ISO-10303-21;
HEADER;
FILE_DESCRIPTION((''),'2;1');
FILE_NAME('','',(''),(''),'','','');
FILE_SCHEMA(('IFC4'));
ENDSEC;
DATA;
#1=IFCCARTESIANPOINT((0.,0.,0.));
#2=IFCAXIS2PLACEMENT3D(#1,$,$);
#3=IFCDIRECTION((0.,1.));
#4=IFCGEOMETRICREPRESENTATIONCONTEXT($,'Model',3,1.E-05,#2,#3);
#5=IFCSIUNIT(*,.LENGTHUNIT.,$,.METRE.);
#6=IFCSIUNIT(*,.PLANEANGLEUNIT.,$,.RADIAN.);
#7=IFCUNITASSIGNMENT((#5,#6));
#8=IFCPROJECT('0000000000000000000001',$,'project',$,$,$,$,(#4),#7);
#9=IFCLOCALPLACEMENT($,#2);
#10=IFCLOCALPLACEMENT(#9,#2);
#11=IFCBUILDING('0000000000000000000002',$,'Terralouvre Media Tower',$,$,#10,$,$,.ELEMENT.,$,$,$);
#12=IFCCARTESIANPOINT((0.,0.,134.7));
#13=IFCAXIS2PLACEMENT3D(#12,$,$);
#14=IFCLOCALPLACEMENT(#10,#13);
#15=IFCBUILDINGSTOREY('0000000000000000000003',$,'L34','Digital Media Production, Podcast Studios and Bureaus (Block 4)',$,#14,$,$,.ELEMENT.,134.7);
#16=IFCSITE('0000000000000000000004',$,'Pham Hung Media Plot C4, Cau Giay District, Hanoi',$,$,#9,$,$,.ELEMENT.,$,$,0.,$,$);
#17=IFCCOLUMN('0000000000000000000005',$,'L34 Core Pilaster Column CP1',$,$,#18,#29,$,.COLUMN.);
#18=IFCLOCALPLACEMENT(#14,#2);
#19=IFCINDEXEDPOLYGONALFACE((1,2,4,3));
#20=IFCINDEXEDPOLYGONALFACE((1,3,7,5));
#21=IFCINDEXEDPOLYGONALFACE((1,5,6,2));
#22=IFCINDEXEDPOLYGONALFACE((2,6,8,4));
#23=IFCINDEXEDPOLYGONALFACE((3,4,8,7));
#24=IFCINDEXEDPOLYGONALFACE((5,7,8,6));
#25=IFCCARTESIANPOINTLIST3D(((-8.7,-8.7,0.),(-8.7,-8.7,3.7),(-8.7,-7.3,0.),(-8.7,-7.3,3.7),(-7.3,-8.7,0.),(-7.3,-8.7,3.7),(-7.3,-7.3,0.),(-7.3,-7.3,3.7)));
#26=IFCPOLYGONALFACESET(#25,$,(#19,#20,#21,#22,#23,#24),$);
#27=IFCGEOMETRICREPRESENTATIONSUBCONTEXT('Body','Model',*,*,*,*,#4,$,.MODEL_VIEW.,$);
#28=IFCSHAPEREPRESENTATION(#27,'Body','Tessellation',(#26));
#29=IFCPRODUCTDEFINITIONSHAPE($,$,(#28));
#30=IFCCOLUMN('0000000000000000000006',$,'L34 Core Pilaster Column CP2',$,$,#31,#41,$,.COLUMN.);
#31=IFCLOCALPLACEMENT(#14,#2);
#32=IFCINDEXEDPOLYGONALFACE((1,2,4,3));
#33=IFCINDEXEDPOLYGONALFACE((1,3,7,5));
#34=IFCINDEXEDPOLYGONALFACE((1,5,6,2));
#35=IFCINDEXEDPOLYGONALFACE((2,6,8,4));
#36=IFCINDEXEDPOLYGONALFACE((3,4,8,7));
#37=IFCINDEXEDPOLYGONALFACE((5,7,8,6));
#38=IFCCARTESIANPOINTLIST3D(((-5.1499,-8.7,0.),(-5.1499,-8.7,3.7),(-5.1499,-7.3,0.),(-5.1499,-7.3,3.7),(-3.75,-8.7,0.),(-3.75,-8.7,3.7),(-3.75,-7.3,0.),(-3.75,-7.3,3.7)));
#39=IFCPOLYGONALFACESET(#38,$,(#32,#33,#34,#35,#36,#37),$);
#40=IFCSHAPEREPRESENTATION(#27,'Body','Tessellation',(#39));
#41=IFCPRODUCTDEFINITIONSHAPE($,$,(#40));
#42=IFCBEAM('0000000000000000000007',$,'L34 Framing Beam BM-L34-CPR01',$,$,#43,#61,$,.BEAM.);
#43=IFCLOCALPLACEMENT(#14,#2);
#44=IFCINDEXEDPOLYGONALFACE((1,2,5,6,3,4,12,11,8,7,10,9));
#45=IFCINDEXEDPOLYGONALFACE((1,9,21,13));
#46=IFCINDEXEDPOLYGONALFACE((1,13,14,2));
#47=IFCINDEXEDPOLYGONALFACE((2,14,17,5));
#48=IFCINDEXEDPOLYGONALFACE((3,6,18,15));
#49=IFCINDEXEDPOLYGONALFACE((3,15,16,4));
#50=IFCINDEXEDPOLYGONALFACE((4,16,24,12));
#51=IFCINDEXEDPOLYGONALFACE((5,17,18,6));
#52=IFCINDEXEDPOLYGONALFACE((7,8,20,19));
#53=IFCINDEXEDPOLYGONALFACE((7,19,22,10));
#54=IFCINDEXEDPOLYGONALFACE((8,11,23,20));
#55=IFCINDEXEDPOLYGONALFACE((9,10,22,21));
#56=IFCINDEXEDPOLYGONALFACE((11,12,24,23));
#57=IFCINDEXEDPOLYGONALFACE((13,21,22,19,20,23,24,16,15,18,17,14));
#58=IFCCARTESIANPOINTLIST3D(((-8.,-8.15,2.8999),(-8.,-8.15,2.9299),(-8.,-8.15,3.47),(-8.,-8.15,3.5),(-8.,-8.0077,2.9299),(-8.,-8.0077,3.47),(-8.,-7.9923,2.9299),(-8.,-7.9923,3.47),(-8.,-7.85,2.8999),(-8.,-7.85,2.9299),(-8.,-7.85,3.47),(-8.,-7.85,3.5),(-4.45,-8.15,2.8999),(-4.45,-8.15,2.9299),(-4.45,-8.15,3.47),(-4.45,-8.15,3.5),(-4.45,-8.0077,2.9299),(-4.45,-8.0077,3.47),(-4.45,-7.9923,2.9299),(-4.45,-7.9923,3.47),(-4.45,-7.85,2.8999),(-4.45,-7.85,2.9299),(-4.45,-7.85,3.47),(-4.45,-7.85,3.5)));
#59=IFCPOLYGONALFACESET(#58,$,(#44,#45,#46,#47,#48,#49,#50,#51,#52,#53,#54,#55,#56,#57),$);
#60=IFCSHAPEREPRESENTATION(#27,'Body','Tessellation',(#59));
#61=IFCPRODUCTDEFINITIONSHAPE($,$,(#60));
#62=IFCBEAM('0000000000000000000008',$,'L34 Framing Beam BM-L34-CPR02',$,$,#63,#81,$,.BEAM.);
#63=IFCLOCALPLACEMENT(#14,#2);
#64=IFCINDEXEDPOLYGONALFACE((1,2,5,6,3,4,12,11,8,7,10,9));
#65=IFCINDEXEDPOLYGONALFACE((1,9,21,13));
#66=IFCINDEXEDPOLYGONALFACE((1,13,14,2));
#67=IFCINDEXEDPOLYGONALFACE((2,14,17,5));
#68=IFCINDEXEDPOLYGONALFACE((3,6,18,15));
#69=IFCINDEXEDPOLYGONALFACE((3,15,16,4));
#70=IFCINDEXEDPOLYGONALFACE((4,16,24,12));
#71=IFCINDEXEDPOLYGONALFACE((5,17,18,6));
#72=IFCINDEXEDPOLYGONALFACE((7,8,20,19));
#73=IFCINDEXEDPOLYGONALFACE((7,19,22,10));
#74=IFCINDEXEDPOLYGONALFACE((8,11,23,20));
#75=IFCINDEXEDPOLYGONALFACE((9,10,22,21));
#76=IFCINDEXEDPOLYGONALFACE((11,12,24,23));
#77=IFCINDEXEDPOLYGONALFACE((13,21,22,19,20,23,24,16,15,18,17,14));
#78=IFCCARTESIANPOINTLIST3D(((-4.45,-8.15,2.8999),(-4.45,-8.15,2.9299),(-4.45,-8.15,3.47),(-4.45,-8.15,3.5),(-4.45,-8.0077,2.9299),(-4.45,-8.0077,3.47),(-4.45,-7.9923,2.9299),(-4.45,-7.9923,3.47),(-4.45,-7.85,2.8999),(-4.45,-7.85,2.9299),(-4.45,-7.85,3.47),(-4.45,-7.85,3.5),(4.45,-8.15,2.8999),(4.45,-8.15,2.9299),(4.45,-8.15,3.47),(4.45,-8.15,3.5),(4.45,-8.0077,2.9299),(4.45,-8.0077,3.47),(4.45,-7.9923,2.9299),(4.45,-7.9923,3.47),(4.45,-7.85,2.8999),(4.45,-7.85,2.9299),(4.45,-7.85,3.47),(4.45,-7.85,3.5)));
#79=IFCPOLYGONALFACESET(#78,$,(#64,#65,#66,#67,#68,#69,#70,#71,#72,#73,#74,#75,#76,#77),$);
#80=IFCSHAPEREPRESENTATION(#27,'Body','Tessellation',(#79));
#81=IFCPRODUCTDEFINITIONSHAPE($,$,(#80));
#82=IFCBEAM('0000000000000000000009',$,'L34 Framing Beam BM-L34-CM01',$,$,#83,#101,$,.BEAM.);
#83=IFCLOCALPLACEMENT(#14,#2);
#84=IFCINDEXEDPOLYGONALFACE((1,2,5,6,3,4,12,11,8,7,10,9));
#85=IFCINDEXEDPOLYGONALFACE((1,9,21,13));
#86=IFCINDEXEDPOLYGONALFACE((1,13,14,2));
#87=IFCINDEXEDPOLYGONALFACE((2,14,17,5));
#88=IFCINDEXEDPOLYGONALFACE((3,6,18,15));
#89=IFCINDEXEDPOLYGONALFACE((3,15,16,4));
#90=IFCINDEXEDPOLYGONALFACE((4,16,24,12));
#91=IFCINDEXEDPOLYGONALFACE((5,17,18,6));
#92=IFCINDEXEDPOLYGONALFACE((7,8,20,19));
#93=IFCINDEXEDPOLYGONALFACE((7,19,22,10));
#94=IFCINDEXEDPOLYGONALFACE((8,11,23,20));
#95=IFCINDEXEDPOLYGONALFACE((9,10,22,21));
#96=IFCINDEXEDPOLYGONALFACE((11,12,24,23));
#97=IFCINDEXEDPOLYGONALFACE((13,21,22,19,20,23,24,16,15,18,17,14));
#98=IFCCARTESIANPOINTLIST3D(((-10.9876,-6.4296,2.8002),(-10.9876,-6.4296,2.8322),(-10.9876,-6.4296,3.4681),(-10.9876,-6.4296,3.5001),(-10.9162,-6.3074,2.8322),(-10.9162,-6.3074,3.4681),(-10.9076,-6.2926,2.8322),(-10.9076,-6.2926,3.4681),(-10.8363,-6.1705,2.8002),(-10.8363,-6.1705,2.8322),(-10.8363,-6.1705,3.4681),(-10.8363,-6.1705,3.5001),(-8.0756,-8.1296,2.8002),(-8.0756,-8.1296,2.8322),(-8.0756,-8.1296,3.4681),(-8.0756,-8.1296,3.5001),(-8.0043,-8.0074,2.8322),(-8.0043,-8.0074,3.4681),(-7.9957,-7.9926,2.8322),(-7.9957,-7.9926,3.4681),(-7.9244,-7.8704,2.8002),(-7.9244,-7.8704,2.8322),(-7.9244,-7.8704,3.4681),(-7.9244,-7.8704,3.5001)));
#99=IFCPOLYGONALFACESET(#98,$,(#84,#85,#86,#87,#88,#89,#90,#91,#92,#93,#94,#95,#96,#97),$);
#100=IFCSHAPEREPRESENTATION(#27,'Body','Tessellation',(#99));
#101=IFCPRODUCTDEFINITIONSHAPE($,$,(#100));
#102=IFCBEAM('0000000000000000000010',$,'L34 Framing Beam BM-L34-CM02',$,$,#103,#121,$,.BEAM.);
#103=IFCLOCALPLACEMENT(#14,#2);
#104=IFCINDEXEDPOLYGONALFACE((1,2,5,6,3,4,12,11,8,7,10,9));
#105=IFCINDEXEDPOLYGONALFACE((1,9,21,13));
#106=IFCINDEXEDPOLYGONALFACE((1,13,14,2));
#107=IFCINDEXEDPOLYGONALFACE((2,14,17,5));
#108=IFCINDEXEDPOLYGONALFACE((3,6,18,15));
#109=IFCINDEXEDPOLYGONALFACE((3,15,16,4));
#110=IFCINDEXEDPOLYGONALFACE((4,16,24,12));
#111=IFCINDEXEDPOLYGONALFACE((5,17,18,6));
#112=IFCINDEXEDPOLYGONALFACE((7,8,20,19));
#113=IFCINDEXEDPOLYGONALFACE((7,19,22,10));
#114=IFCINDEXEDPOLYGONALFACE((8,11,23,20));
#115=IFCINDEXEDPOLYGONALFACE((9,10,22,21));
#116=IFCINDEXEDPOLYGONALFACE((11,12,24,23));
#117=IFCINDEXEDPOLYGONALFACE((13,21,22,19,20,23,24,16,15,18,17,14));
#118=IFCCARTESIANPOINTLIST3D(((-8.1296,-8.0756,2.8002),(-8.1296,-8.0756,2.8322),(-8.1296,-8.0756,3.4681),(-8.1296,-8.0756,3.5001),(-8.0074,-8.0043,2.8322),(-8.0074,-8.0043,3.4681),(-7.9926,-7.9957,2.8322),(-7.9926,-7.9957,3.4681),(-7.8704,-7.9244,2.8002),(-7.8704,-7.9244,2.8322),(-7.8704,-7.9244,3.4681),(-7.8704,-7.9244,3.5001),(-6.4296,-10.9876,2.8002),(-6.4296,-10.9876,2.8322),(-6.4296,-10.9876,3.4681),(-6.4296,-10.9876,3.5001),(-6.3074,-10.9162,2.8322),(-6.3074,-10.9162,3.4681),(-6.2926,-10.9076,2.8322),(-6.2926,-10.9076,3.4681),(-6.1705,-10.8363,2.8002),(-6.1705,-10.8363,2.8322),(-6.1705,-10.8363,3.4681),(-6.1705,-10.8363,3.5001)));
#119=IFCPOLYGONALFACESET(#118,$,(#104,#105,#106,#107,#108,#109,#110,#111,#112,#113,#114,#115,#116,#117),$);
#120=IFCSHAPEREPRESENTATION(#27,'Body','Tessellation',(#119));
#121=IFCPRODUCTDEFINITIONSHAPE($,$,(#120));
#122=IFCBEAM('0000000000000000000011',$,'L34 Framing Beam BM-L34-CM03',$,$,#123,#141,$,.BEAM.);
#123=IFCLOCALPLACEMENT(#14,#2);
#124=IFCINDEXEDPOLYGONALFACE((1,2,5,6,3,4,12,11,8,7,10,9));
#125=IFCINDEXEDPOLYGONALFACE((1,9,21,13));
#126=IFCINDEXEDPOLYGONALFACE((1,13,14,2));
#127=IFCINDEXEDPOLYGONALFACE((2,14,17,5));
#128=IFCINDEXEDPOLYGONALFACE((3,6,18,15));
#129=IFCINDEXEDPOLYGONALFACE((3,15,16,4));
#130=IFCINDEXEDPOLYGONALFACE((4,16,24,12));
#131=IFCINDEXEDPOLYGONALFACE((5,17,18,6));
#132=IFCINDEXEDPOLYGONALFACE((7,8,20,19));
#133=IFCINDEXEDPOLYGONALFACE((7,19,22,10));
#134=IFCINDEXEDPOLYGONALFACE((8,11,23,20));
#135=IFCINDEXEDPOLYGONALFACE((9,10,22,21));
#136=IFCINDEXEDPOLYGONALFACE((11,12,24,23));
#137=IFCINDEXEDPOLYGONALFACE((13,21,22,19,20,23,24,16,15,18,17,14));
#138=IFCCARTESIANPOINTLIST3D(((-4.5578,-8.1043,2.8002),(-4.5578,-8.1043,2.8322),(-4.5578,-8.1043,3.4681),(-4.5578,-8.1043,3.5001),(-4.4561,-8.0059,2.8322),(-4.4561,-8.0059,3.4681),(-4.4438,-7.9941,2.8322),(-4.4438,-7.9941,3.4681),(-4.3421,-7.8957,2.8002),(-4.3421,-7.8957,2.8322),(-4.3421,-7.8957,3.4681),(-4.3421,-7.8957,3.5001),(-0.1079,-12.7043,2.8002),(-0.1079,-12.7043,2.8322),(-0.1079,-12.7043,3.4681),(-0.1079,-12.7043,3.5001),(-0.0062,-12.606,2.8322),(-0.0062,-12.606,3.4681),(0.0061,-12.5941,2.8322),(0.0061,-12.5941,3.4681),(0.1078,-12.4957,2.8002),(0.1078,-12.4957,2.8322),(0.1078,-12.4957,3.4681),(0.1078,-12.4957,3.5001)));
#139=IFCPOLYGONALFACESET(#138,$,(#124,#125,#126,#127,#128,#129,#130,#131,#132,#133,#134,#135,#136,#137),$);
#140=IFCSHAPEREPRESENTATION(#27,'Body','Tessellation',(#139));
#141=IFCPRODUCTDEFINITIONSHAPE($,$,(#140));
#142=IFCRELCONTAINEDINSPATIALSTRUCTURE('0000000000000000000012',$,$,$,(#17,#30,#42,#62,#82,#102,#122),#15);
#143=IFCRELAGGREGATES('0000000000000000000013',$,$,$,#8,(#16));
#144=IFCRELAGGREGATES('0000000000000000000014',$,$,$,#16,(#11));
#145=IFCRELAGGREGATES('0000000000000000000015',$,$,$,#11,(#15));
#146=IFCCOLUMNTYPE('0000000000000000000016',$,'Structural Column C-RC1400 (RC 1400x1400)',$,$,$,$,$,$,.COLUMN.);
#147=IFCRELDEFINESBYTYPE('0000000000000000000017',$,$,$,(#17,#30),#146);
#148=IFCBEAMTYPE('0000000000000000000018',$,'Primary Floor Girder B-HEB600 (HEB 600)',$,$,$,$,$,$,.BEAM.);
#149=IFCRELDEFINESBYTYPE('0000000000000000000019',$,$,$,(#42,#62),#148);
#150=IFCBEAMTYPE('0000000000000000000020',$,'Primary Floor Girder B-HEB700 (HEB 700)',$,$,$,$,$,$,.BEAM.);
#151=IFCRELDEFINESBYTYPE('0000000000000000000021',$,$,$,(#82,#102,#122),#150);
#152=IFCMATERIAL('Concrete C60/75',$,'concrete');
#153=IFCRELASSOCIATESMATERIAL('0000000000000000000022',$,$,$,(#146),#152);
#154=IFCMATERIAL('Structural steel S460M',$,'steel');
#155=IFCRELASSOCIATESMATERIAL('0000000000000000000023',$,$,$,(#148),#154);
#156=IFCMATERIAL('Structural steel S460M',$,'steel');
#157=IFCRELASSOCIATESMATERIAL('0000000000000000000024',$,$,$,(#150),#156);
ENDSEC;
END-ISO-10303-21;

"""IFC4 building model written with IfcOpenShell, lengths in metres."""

from ifc_helpers import new_model, si_unit, direction, frame, origin, origin_2d, place, context, subcontext, project, spatial, rectangle, i_section, extrude, material, material_profile, profile_set, type_object, element, save


model = new_model("IFC4")

# Units and contexts
model_context = context("Model", 3, precision=1e-05, world=origin(), true_north=direction((0.0, 1.0)))
body_context = subcontext(model_context, "Body", "Model", "MODEL_VIEW")
ifc_project = project(units=[si_unit("LENGTHUNIT", "METRE"), si_unit("PLANEANGLEUNIT", "RADIAN")], contexts=[model_context])

# Site, building, storey
site_placement = place(None, origin())
site = spatial("IfcSite", under=ifc_project, at=site_placement, Name="Pham Hung Media Plot C4, Cau Giay District, Hanoi", CompositionType="ELEMENT", RefElevation=0.0)
building_placement = place(site_placement, origin())
building = spatial("IfcBuilding", under=site, at=building_placement, Name="Terralouvre Media Tower", CompositionType="ELEMENT")
storey_placement = place(building_placement, frame((0.0, 0.0, 134.7)))
storey = spatial("IfcBuildingStorey", under=building, at=storey_placement, Name="L34", Description="Digital Media Production, Podcast Studios and Bureaus (Block 4)", CompositionType="ELEMENT", Elevation=134.7)

# Columns
ifc_material_1 = material(Name="Concrete C60/75", Category="concrete")
ifc_material_profile_1 = material_profile(ifc_material_1, rectangle(XDim=1.3999, YDim=1.3999, at=origin_2d()), Name="RC 1400x1400")
ifc_profile_set_1 = profile_set([ifc_material_profile_1], Name="Concrete C60/75")
column_type = type_object("IfcColumnType", Name="Structural Column C-RC1400 (RC 1400x1400)", PredefinedType="COLUMN", material=ifc_profile_set_1)
for number, where, z_axis, x_axis, name in (
    (1, (-8.0, -8.0, 0.0), (0.0, 0.0, 1.0), (1.0, 0.0, 0.0), "L34 Core Pilaster Column CP1"),
    (2, (-4.45, -8.0, 0.0), (0.0, 0.0, 1.0), (1.0, 0.0, 0.0), "L34 Core Pilaster Column CP2"),
):
    element("IfcColumn", number, at=place(storey_placement, frame(where, z_axis=z_axis, x_axis=x_axis)), inside=storey, type_object=column_type, Name=name, PredefinedType="COLUMN", context=body_context, shape_type="SweptSolid", body=[
        extrude(rectangle(XDim=1.3999, YDim=1.3999, at=origin_2d()), origin(), (0.0, 0.0, 1.0), 3.7),
    ])

# Beams
ifc_material_2 = material(Name="Structural steel S460M", Category="steel")
ifc_material_profile_2 = material_profile(ifc_material_2, i_section(OverallWidth=0.3, OverallDepth=0.6001, WebThickness=0.0154, FlangeThickness=0.03, at=origin_2d()), Name="HEB 600")
ifc_profile_set_2 = profile_set([ifc_material_profile_2], Name="Structural steel S460M")
beam_type_1 = type_object("IfcBeamType", Name="Primary Floor Girder B-HEB600 (HEB 600)", PredefinedType="BEAM", material=ifc_profile_set_2)
beam_1_placement = place(storey_placement, frame((-8.0, -8.0, 3.2), z_axis=(1.0, 0.0, 0.0), x_axis=(0.0, 1.0, 0.0)))
element("IfcBeam", 3, at=beam_1_placement, inside=storey, type_object=beam_type_1, Name="L34 Framing Beam BM-L34-CPR01", PredefinedType="BEAM", context=body_context, shape_type="SweptSolid", body=[
    extrude(i_section(OverallWidth=0.3, OverallDepth=0.6001, WebThickness=0.0154, FlangeThickness=0.03, at=origin_2d()), origin(), (0.0, 0.0, 1.0), 3.55),
])
beam_2_placement = place(storey_placement, frame((-4.45, -8.0, 3.2), z_axis=(1.0, 0.0, 0.0), x_axis=(0.0, 1.0, 0.0)))
element("IfcBeam", 4, at=beam_2_placement, inside=storey, type_object=beam_type_1, Name="L34 Framing Beam BM-L34-CPR02", PredefinedType="BEAM", context=body_context, shape_type="SweptSolid", body=[
    extrude(i_section(OverallWidth=0.3, OverallDepth=0.6001, WebThickness=0.0154, FlangeThickness=0.03, at=origin_2d()), origin(), (0.0, 0.0, 1.0), 8.8999),
])
ifc_material_3 = material(Name="Structural steel S460M", Category="steel")
ifc_material_profile_3 = material_profile(ifc_material_3, i_section(OverallWidth=0.3, OverallDepth=0.7, WebThickness=0.0171, FlangeThickness=0.032, at=origin_2d()), Name="HEB 700")
ifc_profile_set_3 = profile_set([ifc_material_profile_3], Name="Structural steel S460M")
beam_type_2 = type_object("IfcBeamType", Name="Primary Floor Girder B-HEB700 (HEB 700)", PredefinedType="BEAM", material=ifc_profile_set_3)
for number, where, z_axis, x_axis, name in (
    (5, (-8.0, -8.0, 3.1501), (-0.863603, 0.504173, 0.0), (-0.504173, -0.863603, 0.0), "L34 Framing Beam BM-L34-CM01"),
    (6, (-8.0, -8.0, 3.1501), (0.504173, -0.863603, 0.0), (0.863603, 0.504173, 0.0), "L34 Framing Beam BM-L34-CM02"),
):
    element("IfcBeam", number, at=place(storey_placement, frame(where, z_axis=z_axis, x_axis=x_axis)), inside=storey, type_object=beam_type_2, Name=name, PredefinedType="BEAM", context=body_context, shape_type="SweptSolid", body=[
        extrude(i_section(OverallWidth=0.3, OverallDepth=0.7, WebThickness=0.0171, FlangeThickness=0.032, at=origin_2d()), origin(), (0.0, 0.0, 1.0), 3.3718),
    ])
beam_3_placement = place(storey_placement, frame((-4.45, -8.0, 3.1501), z_axis=(0.69528, -0.718739, 0.0), x_axis=(0.718739, 0.69528, 0.0)))
element("IfcBeam", 7, at=beam_3_placement, inside=storey, type_object=beam_type_2, Name="L34 Framing Beam BM-L34-CM03", PredefinedType="BEAM", context=body_context, shape_type="SweptSolid", body=[
    extrude(i_section(OverallWidth=0.3, OverallDepth=0.7, WebThickness=0.0171, FlangeThickness=0.032, at=origin_2d()), origin(), (0.0, 0.0, 1.0), 6.4001),
])

save(model, "model.ifc")
